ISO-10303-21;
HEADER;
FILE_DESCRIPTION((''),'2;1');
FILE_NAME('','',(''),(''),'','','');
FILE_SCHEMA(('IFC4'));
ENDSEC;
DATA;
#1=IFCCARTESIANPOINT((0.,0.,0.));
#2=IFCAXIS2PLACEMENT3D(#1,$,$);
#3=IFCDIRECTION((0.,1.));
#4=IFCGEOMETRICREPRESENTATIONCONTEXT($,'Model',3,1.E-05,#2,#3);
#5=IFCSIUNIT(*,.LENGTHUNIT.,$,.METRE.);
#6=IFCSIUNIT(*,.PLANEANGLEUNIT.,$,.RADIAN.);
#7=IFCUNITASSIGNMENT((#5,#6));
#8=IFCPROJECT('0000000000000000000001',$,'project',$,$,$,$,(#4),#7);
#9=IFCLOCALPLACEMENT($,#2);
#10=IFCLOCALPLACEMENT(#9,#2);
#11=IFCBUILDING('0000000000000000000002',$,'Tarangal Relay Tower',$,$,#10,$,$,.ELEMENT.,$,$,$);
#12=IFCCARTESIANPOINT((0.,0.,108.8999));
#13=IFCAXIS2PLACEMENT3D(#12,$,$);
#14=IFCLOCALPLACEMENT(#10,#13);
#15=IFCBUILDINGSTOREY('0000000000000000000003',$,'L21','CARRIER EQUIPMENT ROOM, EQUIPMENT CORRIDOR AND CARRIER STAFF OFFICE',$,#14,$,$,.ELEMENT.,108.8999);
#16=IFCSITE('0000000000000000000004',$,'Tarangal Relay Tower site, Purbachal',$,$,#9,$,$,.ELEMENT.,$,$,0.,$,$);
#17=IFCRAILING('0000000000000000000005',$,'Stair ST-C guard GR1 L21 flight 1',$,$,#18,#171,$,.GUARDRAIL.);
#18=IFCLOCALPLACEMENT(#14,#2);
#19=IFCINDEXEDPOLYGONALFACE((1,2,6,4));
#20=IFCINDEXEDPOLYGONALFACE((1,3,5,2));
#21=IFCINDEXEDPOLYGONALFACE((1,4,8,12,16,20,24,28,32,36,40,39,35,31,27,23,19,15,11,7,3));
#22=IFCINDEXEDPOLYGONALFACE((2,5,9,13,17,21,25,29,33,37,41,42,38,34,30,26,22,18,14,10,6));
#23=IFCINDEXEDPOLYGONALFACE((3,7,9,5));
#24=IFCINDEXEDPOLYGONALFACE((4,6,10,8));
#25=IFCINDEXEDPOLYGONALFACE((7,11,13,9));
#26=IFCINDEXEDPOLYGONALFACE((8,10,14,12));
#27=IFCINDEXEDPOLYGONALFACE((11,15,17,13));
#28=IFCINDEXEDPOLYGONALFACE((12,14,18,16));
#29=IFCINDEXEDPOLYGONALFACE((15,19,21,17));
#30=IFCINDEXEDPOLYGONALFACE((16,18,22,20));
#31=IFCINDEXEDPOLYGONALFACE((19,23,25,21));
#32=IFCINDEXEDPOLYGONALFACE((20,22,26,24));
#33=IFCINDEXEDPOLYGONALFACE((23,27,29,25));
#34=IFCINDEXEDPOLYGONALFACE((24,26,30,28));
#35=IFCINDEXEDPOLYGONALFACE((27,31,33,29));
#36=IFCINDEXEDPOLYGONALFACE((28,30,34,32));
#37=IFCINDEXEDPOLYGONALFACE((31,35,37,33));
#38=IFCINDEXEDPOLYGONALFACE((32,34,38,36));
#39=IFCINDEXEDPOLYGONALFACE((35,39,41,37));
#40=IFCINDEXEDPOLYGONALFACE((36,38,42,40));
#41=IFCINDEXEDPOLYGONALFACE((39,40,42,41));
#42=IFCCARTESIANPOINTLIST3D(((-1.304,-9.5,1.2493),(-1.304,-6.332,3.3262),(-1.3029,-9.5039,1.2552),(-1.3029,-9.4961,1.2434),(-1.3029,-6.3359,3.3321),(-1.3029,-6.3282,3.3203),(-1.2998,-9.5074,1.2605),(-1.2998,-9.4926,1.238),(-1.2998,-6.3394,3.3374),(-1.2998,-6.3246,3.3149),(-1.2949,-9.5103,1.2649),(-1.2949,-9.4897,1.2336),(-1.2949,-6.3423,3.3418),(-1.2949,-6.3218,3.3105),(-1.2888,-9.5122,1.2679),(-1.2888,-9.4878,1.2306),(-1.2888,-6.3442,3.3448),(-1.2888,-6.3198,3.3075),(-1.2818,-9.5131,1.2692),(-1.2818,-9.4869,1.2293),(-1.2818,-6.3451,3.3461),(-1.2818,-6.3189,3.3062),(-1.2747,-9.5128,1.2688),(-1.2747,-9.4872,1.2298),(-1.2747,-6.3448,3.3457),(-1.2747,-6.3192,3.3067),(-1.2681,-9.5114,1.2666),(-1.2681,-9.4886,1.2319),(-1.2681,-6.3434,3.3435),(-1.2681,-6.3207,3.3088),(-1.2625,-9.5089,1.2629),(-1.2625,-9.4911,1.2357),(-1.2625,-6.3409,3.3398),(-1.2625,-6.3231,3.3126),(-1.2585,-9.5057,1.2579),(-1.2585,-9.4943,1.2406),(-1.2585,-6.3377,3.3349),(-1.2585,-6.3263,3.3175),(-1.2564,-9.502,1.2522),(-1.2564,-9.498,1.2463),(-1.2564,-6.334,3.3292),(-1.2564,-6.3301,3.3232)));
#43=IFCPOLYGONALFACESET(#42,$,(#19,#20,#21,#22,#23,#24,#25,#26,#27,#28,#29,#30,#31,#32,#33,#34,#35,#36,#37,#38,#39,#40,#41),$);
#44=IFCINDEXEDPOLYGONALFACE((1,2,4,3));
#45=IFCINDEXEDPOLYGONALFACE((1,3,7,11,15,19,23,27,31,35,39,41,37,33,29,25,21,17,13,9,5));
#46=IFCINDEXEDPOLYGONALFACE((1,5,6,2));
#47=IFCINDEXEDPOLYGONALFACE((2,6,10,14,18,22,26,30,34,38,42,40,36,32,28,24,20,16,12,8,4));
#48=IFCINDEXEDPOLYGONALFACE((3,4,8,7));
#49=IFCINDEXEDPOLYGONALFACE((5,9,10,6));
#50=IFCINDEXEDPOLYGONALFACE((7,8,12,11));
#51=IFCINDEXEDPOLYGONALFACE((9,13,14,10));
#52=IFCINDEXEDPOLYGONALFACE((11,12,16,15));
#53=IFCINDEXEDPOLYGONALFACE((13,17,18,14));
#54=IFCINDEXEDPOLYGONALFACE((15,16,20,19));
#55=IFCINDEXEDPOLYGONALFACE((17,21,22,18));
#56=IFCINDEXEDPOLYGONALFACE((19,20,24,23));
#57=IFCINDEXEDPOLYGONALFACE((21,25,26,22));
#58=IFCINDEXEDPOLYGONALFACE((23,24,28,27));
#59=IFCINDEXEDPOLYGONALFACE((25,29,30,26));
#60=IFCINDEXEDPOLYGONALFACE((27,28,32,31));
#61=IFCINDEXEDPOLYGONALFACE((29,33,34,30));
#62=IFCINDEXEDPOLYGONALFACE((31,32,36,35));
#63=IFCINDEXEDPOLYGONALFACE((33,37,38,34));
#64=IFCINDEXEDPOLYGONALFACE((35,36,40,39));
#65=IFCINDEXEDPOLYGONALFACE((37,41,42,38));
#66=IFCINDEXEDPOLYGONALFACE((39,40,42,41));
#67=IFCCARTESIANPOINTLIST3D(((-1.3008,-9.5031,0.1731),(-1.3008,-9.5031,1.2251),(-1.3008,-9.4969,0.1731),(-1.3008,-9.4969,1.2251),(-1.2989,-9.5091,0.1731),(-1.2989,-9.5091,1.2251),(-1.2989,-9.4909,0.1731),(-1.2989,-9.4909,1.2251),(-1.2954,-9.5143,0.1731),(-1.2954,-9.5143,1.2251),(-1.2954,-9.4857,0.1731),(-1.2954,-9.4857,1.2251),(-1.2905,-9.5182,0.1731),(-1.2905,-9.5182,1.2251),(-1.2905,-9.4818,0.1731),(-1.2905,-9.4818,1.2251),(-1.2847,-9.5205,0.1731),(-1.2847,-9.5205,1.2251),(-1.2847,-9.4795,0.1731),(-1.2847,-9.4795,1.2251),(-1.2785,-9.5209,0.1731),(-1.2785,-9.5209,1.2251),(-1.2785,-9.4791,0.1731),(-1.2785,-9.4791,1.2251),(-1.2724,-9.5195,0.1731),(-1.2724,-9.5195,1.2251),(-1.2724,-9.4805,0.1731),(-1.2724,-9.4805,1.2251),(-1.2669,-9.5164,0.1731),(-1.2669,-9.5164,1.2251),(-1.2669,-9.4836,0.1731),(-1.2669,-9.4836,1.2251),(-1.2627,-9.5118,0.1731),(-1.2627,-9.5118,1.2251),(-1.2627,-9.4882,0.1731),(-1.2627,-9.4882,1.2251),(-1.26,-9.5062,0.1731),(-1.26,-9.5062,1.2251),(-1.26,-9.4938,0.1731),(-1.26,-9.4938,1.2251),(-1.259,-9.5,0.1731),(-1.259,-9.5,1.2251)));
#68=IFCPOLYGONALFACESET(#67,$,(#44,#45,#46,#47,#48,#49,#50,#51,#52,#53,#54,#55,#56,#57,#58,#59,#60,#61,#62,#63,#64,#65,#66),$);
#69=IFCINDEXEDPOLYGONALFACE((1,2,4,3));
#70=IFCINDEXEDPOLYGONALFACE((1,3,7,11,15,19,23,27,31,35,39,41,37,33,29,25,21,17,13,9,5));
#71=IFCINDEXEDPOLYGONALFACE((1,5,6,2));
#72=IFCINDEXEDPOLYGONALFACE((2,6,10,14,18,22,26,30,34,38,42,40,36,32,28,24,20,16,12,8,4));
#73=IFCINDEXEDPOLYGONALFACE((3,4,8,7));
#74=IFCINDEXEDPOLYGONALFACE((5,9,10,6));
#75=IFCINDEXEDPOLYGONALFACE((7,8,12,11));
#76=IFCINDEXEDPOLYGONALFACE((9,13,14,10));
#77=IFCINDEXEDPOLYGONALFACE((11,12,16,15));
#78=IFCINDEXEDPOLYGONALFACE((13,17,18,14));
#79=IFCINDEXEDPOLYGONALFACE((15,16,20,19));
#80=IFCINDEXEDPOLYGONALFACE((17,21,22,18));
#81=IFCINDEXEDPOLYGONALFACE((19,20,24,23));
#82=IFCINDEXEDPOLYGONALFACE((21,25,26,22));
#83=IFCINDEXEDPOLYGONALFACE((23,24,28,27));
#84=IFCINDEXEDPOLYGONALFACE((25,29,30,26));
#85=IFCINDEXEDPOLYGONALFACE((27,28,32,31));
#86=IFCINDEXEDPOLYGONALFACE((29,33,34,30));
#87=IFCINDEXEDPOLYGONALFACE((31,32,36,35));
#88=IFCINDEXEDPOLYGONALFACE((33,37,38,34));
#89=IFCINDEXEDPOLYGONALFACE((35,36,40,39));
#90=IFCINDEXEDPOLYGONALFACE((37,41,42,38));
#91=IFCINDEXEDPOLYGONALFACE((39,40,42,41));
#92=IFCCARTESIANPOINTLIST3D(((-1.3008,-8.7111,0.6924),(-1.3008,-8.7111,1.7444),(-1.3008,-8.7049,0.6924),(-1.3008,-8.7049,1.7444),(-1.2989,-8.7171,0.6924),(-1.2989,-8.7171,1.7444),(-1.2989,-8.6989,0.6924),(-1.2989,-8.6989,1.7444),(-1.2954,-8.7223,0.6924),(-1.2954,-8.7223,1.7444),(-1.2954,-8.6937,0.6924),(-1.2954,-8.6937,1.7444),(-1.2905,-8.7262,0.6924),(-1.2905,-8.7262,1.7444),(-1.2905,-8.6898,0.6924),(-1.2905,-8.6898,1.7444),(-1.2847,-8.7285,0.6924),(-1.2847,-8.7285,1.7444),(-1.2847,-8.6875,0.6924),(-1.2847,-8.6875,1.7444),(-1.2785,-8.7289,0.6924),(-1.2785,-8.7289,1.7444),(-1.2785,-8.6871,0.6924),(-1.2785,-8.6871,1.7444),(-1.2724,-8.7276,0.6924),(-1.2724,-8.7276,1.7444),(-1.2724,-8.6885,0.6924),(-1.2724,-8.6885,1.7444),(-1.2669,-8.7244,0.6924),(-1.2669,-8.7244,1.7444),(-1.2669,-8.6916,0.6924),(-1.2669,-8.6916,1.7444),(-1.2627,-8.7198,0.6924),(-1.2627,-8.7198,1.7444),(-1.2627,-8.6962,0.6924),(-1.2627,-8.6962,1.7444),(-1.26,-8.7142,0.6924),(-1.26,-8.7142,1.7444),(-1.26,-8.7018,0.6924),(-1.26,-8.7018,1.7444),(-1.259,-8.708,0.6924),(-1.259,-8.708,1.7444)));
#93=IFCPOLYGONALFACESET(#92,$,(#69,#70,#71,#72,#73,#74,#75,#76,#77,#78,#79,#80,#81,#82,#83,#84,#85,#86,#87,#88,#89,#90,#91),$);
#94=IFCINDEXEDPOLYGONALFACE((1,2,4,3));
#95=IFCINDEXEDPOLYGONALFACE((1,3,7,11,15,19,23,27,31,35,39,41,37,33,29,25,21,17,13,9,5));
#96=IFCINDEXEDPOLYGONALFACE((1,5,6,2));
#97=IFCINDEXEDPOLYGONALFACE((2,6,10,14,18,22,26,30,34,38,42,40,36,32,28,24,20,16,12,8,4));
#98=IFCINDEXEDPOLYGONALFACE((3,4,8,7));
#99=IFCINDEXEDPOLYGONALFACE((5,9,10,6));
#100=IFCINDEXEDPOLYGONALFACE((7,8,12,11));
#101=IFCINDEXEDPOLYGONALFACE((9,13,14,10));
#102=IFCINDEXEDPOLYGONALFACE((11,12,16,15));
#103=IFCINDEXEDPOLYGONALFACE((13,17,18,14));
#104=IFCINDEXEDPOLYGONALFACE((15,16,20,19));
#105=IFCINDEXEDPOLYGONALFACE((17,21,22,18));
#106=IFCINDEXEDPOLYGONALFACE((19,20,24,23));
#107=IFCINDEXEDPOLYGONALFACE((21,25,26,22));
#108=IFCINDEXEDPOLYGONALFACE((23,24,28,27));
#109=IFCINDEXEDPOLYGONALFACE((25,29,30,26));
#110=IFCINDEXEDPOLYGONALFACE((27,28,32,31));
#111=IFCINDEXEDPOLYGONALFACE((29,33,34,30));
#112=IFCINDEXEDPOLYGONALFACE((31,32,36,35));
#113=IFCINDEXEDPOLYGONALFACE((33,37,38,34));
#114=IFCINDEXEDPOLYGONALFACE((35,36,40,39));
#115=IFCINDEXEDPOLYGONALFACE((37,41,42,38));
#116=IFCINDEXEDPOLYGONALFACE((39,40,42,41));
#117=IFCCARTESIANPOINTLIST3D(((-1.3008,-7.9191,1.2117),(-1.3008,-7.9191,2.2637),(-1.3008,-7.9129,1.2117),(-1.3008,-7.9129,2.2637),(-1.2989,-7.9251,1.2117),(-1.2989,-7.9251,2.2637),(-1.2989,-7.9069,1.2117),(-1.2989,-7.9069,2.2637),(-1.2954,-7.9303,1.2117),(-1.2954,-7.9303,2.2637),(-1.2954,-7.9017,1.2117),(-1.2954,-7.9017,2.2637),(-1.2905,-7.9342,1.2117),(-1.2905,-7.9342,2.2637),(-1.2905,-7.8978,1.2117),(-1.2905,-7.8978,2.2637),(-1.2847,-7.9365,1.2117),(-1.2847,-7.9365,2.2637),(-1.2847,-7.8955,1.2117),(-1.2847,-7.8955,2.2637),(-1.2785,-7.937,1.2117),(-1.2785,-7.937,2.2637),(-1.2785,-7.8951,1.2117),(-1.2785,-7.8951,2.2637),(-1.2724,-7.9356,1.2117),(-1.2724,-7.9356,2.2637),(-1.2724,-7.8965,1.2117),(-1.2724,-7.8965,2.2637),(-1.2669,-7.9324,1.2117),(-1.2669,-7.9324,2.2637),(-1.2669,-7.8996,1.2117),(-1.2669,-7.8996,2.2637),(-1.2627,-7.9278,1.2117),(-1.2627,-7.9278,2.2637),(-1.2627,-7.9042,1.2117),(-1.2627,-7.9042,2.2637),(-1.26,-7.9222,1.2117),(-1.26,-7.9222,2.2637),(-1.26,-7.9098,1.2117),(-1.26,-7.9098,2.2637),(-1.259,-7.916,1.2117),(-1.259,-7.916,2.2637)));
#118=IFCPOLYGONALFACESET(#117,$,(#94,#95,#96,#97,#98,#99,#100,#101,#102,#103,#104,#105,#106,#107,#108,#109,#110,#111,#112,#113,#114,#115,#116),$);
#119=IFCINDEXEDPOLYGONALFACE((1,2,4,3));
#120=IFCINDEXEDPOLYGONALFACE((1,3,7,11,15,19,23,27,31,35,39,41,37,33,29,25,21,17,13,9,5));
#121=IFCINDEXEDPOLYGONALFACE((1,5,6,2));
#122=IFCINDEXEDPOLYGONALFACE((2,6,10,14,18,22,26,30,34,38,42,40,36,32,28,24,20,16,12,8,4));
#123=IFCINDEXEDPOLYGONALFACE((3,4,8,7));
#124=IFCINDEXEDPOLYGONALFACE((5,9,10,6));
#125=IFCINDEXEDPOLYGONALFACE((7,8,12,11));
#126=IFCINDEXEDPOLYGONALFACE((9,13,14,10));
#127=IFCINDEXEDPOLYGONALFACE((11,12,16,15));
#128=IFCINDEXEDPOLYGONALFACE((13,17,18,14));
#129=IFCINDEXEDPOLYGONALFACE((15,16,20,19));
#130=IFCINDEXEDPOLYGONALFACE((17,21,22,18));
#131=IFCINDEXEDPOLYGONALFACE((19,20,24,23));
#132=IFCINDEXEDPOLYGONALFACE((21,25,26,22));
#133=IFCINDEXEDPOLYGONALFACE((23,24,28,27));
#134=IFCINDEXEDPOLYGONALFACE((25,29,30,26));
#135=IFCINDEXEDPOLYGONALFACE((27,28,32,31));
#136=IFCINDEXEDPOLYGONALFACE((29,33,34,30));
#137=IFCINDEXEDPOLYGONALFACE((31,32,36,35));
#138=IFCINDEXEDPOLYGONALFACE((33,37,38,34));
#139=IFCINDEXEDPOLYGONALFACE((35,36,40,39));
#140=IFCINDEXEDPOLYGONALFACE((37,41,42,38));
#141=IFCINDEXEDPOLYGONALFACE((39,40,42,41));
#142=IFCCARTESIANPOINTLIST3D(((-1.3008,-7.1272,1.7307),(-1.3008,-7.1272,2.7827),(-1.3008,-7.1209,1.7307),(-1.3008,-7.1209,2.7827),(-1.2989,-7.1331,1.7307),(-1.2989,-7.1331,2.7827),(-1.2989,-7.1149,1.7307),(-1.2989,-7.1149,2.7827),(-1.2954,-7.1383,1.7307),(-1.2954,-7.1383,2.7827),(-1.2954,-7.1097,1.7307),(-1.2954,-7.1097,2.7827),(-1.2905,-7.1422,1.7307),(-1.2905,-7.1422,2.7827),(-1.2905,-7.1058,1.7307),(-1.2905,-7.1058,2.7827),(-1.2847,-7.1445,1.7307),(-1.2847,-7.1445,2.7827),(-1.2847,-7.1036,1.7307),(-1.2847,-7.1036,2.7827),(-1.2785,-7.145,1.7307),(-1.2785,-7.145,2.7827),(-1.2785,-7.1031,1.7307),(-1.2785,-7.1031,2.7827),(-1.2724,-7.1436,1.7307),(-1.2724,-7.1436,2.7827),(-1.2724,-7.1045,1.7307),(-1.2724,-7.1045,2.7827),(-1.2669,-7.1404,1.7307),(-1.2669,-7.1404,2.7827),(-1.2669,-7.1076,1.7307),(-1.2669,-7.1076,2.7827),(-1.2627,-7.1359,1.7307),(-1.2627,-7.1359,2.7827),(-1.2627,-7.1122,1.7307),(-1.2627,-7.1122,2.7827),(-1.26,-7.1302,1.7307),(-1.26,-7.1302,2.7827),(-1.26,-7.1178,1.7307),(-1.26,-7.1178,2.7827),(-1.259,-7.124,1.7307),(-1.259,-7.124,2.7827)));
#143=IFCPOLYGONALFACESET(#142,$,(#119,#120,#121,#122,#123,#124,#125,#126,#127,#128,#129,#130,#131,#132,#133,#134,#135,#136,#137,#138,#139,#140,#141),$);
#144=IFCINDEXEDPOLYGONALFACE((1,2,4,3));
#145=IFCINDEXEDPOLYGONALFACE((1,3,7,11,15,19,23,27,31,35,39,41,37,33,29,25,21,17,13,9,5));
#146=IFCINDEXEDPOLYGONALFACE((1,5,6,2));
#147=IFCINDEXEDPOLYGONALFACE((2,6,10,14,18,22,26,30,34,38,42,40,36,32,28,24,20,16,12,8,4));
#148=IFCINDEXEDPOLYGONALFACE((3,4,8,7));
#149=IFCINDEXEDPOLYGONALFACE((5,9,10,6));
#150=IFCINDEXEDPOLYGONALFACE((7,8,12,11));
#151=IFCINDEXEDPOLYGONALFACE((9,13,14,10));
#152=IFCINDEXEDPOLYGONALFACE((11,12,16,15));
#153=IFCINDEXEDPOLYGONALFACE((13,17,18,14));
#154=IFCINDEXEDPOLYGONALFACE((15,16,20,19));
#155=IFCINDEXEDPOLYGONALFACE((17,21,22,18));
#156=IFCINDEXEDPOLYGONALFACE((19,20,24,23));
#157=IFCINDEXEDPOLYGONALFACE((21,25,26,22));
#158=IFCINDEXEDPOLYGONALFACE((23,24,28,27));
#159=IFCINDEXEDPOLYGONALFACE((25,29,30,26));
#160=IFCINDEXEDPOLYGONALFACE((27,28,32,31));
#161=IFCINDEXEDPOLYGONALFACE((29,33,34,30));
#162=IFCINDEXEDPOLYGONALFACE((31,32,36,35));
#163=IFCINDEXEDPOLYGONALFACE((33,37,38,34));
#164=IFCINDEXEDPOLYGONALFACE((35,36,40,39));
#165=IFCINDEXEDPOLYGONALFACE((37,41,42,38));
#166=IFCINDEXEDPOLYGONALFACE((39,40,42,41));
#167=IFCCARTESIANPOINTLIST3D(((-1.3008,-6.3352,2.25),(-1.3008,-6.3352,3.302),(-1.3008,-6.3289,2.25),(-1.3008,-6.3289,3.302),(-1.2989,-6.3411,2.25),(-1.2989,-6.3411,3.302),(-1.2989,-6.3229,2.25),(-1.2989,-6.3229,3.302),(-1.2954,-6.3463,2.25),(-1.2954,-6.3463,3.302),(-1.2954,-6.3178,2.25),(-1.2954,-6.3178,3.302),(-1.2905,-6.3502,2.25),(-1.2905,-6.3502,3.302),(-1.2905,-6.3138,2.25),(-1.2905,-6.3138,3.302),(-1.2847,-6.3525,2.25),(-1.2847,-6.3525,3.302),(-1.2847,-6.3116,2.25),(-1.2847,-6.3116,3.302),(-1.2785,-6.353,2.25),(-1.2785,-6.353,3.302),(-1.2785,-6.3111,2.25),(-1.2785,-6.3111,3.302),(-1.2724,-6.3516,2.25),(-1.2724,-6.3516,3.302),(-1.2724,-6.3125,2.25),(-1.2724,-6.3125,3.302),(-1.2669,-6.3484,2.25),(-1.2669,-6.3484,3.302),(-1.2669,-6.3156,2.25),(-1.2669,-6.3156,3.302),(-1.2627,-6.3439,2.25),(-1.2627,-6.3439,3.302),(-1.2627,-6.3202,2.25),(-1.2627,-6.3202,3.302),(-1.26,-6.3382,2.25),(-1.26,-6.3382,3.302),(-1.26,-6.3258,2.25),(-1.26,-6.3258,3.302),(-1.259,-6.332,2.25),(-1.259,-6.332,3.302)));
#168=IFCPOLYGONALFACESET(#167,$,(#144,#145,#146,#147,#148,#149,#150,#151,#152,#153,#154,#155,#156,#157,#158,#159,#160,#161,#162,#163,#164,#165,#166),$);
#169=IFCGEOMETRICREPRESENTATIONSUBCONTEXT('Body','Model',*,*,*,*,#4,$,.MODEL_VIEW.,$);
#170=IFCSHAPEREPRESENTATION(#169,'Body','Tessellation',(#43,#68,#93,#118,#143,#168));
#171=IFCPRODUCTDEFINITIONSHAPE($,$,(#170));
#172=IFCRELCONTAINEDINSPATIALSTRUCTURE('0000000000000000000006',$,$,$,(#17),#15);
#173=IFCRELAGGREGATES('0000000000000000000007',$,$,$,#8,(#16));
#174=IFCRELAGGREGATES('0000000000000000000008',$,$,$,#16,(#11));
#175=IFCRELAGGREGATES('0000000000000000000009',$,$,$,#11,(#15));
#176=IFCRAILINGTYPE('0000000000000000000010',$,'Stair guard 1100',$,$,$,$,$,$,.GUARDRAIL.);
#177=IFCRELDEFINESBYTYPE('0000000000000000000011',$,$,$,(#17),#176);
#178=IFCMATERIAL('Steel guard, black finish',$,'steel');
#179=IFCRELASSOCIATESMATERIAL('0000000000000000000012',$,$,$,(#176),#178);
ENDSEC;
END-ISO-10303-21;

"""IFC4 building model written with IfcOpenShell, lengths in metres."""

from ifc_helpers import new_model, si_unit, direction, frame, origin, origin_2d, place, context, subcontext, project, spatial, circle, extrude, material, type_object, element, save


model = new_model("IFC4")

# Units and contexts
model_context = context("Model", 3, precision=1e-05, world=origin(), true_north=direction((0.0, 1.0)))
body_context = subcontext(model_context, "Body", "Model", "MODEL_VIEW")
ifc_project = project(units=[si_unit("LENGTHUNIT", "METRE"), si_unit("PLANEANGLEUNIT", "RADIAN")], contexts=[model_context])

# Site, building, storey
site_placement = place(None, origin())
site = spatial("IfcSite", under=ifc_project, at=site_placement, Name="Tarangal Relay Tower site, Purbachal", CompositionType="ELEMENT", RefElevation=0.0)
building_placement = place(site_placement, origin())
building = spatial("IfcBuilding", under=site, at=building_placement, Name="Tarangal Relay Tower", CompositionType="ELEMENT")
storey_placement = place(building_placement, frame((0.0, 0.0, 108.8999)))
storey = spatial("IfcBuildingStorey", under=building, at=storey_placement, Name="L21", Description="CARRIER EQUIPMENT ROOM, EQUIPMENT CORRIDOR AND CARRIER STAFF OFFICE", CompositionType="ELEMENT", Elevation=108.8999)

# Railing
ifc_material_1 = material(Name="Steel guard, black finish", Category="steel")
railing_type_1 = type_object("IfcRailingType", Name="Stair guard 1100", PredefinedType="GUARDRAIL", material=ifc_material_1)
railing_1_placement = place(storey_placement, frame((-1.28, -9.5, 0.1731)))
element("IfcRailing", 1, at=railing_1_placement, inside=storey, type_object=railing_type_1, Name="Stair ST-C guard GR1 L21 flight 1", PredefinedType="GUARDRAIL", context=body_context, shape_type="SweptSolid", body=[
    extrude(circle(Radius=0.0239, at=origin_2d()), frame((0.0, 0.0, 1.0762), z_axis=(0.0, 0.836299, 0.548273), x_axis=(-1.0, 0.0, 0.0)), (0.0, 0.0, 1.0), 3.7881),
    extrude(circle(Radius=0.021, at=origin_2d()), origin(), (0.0, 0.0, 1.0), 1.052),
    extrude(circle(Radius=0.021, at=origin_2d()), frame((0.0, 0.792, 0.5193)), (0.0, 0.0, 1.0), 1.052),
    extrude(circle(Radius=0.021, at=origin_2d()), frame((0.0, 1.584, 1.0386)), (0.0, 0.0, 1.0), 1.052),
    extrude(circle(Radius=0.021, at=origin_2d()), frame((0.0, 2.376, 1.5576)), (0.0, 0.0, 1.0), 1.052),
    extrude(circle(Radius=0.021, at=origin_2d()), frame((0.0, 3.168, 2.0769)), (0.0, 0.0, 1.0), 1.052),
])

save(model, "model.ifc")
